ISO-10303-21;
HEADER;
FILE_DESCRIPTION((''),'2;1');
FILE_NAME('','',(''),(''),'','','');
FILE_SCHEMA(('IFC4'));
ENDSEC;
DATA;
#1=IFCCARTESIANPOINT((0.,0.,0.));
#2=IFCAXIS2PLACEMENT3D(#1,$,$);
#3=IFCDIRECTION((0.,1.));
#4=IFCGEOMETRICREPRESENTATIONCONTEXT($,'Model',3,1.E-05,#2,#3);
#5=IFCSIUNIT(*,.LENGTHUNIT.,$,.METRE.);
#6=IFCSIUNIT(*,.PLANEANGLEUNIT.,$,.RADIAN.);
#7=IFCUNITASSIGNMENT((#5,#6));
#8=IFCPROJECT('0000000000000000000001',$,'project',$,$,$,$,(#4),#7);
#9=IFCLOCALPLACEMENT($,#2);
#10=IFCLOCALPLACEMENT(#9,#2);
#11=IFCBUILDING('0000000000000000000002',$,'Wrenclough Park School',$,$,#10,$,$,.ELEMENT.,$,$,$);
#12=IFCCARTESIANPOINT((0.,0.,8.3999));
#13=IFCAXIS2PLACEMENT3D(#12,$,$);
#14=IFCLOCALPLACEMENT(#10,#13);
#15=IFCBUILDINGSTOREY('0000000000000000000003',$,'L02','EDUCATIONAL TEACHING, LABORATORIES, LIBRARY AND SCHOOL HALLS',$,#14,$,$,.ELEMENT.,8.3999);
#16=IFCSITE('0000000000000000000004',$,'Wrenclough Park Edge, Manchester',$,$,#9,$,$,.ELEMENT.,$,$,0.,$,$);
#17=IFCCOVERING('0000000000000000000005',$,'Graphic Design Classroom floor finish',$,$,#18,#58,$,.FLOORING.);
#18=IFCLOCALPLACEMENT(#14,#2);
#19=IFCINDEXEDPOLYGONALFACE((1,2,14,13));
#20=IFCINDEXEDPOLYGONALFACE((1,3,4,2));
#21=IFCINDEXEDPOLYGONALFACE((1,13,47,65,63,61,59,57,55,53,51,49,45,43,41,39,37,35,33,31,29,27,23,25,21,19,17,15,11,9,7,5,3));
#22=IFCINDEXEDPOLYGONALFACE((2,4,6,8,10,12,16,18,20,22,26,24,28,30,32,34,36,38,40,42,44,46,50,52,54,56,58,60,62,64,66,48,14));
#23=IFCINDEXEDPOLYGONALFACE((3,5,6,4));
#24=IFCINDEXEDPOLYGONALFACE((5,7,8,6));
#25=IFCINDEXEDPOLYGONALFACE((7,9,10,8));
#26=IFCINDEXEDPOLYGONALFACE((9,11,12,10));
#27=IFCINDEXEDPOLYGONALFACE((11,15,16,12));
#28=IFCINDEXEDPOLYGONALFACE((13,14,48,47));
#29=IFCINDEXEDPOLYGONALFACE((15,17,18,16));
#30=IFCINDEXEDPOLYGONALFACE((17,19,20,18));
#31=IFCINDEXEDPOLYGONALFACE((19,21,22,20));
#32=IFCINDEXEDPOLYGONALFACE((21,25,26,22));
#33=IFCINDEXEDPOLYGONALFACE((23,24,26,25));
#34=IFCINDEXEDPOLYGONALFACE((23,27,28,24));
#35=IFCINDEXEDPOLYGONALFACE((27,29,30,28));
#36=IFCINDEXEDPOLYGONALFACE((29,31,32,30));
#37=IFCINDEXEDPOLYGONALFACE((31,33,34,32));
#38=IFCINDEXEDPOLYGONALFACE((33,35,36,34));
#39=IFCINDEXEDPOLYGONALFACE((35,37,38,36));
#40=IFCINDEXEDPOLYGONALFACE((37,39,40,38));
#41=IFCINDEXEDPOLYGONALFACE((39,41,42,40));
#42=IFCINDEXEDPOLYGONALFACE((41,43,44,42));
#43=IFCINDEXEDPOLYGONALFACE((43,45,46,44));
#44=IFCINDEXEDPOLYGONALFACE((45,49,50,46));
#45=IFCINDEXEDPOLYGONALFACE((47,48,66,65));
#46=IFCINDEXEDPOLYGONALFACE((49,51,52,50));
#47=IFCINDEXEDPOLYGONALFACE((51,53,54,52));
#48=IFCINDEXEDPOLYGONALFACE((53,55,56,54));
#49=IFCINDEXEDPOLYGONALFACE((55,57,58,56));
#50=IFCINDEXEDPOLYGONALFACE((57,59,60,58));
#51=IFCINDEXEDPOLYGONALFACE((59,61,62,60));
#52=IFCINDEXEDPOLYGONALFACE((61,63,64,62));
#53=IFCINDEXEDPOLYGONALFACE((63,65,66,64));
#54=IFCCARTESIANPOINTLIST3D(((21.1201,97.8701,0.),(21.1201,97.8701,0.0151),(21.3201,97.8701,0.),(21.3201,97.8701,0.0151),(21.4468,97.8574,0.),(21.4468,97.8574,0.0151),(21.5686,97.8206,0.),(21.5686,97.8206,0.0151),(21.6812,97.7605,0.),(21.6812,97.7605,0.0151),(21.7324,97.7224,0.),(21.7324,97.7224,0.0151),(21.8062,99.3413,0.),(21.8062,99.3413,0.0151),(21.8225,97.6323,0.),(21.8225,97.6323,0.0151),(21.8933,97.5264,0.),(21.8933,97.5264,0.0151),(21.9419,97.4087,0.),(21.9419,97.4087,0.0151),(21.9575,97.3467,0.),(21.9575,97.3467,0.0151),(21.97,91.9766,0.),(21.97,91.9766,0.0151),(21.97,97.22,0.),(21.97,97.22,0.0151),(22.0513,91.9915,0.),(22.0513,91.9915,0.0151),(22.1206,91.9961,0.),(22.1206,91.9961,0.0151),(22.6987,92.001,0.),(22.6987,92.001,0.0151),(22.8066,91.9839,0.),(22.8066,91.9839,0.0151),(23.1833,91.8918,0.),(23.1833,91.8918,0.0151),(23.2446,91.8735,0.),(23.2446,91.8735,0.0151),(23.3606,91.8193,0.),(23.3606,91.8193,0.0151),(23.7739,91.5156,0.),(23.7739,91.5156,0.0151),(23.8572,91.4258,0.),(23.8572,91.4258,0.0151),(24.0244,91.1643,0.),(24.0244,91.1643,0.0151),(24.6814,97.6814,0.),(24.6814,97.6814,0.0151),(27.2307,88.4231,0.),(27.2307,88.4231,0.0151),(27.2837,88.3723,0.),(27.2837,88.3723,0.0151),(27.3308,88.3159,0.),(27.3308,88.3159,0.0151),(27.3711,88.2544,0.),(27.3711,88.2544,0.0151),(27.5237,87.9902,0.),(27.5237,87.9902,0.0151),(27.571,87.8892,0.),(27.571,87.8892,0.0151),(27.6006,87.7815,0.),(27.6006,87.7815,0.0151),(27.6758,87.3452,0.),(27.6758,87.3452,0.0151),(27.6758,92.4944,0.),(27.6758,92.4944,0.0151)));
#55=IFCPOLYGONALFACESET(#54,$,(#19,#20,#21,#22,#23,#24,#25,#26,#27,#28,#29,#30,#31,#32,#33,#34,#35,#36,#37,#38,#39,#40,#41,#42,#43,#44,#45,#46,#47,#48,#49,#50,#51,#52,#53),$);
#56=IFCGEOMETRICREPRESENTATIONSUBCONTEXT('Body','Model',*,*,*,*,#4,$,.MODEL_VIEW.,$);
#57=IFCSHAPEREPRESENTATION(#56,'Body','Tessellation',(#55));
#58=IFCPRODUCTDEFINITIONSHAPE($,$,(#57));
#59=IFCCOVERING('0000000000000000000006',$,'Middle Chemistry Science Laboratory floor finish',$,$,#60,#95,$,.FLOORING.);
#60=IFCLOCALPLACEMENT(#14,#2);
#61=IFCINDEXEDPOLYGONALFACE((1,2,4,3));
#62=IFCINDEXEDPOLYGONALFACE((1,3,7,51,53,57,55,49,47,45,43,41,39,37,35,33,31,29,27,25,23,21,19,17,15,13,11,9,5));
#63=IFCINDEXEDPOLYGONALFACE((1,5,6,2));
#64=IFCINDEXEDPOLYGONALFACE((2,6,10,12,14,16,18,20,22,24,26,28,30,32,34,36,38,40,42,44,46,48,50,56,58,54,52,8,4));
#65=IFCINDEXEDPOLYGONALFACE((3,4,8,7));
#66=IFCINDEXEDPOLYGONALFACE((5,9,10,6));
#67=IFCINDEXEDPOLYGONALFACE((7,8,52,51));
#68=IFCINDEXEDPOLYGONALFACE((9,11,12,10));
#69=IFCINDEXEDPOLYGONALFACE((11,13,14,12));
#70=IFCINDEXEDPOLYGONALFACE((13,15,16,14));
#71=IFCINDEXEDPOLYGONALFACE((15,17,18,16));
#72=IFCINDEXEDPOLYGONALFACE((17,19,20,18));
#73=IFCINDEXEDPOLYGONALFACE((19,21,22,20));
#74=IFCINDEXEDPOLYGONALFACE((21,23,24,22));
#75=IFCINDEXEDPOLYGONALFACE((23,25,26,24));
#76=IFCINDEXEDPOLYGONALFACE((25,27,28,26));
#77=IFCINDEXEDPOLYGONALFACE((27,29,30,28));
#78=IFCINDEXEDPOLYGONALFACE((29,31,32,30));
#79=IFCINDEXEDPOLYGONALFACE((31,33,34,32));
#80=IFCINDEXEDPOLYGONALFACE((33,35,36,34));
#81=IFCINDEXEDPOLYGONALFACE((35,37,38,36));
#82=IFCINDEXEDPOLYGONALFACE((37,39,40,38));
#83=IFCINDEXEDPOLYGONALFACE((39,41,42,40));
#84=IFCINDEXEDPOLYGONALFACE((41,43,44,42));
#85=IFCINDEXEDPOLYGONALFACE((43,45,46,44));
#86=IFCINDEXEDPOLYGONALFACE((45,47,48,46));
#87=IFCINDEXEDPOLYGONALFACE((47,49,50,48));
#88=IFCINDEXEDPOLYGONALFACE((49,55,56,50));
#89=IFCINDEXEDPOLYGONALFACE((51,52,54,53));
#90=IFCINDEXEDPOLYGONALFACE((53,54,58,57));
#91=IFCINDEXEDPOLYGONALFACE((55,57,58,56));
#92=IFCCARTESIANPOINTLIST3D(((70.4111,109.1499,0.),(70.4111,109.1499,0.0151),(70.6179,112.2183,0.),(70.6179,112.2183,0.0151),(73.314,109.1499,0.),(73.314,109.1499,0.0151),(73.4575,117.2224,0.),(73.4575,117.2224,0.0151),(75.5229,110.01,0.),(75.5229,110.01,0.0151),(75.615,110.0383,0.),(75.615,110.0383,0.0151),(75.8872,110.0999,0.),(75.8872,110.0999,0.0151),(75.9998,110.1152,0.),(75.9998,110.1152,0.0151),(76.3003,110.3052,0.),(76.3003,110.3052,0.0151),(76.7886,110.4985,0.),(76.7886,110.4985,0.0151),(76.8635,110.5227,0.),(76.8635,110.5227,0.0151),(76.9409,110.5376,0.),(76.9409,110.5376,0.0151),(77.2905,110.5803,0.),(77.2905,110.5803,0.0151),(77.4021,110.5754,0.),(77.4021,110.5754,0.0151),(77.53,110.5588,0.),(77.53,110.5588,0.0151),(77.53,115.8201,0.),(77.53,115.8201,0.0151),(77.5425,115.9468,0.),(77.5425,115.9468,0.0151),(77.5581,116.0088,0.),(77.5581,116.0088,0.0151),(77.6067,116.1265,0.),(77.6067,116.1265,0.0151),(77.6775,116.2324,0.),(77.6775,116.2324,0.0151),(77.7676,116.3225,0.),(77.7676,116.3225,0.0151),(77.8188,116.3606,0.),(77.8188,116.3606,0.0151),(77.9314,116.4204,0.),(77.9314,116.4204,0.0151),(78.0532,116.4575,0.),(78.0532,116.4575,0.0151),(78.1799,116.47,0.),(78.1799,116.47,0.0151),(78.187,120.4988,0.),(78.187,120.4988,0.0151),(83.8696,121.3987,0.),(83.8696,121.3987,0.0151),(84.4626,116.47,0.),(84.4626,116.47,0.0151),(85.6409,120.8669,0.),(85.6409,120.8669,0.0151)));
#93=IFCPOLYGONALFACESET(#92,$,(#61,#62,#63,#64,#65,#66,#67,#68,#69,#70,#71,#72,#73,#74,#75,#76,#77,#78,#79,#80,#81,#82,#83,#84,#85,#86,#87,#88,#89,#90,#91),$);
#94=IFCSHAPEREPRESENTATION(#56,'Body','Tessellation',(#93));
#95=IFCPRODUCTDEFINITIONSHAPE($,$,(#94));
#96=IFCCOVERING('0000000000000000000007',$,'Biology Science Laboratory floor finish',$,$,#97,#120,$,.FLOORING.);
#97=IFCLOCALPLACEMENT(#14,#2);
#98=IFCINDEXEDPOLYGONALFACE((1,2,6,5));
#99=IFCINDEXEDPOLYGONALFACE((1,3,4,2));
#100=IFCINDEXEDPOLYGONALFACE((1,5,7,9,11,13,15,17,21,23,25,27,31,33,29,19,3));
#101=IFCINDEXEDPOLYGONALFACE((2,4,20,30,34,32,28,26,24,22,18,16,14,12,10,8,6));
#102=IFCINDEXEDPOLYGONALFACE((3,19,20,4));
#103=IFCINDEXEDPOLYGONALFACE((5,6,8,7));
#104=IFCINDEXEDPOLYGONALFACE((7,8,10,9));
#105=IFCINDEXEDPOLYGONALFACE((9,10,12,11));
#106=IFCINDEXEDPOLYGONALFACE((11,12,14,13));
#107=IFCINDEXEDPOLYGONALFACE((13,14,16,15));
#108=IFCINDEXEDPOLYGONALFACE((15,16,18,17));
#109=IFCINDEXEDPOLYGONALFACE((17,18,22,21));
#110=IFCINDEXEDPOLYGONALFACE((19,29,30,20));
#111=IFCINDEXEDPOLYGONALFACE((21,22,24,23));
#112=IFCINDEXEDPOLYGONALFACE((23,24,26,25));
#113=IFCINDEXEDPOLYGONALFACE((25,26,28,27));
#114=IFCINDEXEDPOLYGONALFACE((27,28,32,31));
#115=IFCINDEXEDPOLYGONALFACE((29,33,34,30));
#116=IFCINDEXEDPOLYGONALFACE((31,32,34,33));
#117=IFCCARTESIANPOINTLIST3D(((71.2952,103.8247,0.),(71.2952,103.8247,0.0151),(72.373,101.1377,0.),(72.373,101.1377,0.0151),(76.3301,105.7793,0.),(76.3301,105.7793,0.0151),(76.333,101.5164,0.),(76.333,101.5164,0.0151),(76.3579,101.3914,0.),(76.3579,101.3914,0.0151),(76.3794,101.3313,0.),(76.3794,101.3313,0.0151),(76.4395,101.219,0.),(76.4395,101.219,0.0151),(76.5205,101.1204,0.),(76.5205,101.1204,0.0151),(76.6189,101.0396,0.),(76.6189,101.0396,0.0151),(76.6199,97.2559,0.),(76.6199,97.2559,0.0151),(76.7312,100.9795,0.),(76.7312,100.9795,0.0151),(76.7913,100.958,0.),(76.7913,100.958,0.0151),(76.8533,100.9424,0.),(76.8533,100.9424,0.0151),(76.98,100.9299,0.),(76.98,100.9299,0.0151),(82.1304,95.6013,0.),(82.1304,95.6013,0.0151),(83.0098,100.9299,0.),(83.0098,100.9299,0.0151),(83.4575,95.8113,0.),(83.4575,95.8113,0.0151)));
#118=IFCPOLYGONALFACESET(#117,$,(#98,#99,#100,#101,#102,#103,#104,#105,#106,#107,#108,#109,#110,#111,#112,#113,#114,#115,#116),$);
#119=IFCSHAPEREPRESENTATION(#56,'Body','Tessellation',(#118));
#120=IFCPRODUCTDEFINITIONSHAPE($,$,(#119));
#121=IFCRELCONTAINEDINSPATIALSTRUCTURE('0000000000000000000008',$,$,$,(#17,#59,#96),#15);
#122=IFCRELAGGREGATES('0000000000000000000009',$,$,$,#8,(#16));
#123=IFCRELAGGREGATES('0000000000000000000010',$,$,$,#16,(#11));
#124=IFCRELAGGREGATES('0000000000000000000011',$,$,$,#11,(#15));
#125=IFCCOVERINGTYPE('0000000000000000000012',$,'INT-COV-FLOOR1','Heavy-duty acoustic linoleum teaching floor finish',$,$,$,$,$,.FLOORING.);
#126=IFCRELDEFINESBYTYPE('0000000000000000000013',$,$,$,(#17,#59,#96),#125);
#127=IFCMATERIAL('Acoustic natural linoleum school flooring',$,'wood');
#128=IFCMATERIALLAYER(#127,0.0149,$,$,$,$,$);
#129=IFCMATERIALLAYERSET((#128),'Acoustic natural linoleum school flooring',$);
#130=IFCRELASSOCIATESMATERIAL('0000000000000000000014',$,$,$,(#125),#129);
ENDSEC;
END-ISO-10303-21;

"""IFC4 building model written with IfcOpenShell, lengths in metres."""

from ifc_helpers import new_model, si_unit, direction, frame, origin, place, context, subcontext, project, spatial, polyline, outline, extrude, material, layer, layer_set, type_object, element, save


model = new_model("IFC4")

# Units and contexts
model_context = context("Model", 3, precision=1e-05, world=origin(), true_north=direction((0.0, 1.0)))
body_context = subcontext(model_context, "Body", "Model", "MODEL_VIEW")
ifc_project = project(units=[si_unit("LENGTHUNIT", "METRE"), si_unit("PLANEANGLEUNIT", "RADIAN")], contexts=[model_context])

# Site, building, storey
site_placement = place(None, origin())
site = spatial("IfcSite", under=ifc_project, at=site_placement, Name="Wrenclough Park Edge, Manchester", CompositionType="ELEMENT", RefElevation=0.0)
building_placement = place(site_placement, origin())
building = spatial("IfcBuilding", under=site, at=building_placement, Name="Wrenclough Park School", CompositionType="ELEMENT")
storey_placement = place(building_placement, frame((0.0, 0.0, 8.3999)))
storey = spatial("IfcBuildingStorey", under=building, at=storey_placement, Name="L02", Description="EDUCATIONAL TEACHING, LABORATORIES, LIBRARY AND SCHOOL HALLS", CompositionType="ELEMENT", Elevation=8.3999)

# Coverings
ifc_material_1 = material(Name="Acoustic natural linoleum school flooring", Category="wood")
ifc_layer_1 = layer(ifc_material_1, 0.0149)
ifc_layer_set_1 = layer_set([ifc_layer_1], Name="Acoustic natural linoleum school flooring")
covering_type_1 = type_object("IfcCoveringType", Name="INT-COV-FLOOR1", Description="Heavy-duty acoustic linoleum teaching floor finish", PredefinedType="FLOORING", material=ifc_layer_set_1)
covering_1_placement = place(storey_placement, origin())
element("IfcCovering", 1, at=covering_1_placement, inside=storey, type_object=covering_type_1, Name="Graphic Design Classroom floor finish", PredefinedType="FLOORING", context=body_context, shape_type="SweptSolid", body=[
    extrude(outline(polyline([(21.97, 97.22), (21.97, 91.9766), (22.0513, 91.9915), (22.1206, 91.9961), (22.6987, 92.001), (22.8066, 91.9839), (23.1833, 91.8918), (23.2446, 91.8735), (23.3606, 91.8193), (23.7739, 91.5156), (23.8572, 91.4258), (24.0244, 91.1643), (27.2307, 88.4231), (27.2837, 88.3723), (27.3308, 88.3159), (27.3711, 88.2544), (27.5237, 87.9902), (27.571, 87.8892), (27.6006, 87.7815), (27.6758, 87.3452), (27.6758, 92.4944), (24.6814, 97.6814), (21.8062, 99.3413), (21.1201, 97.8701), (21.3201, 97.8701), (21.4468, 97.8574), (21.5686, 97.8206), (21.6812, 97.7605), (21.7324, 97.7224), (21.8225, 97.6323), (21.8933, 97.5264), (21.9419, 97.4087), (21.9575, 97.3467), (21.97, 97.22)])), origin(), (0.0, 0.0, 1.0), 0.0151),
])
covering_2_placement = place(storey_placement, origin())
element("IfcCovering", 2, at=covering_2_placement, inside=storey, type_object=covering_type_1, Name="Middle Chemistry Science Laboratory floor finish", PredefinedType="FLOORING", context=body_context, shape_type="SweptSolid", body=[
    extrude(outline(polyline([(75.9998, 110.1152), (76.3003, 110.3052), (76.7886, 110.4985), (76.8635, 110.5227), (76.9409, 110.5376), (77.2905, 110.5803), (77.4021, 110.5754), (77.53, 110.5588), (77.53, 115.8201), (77.5425, 115.9468), (77.5581, 116.0088), (77.6067, 116.1265), (77.6775, 116.2324), (77.7676, 116.3225), (77.8188, 116.3606), (77.9314, 116.4204), (78.0532, 116.4575), (78.1799, 116.47), (84.4626, 116.47), (85.6409, 120.8669), (83.8696, 121.3987), (78.187, 120.4988), (73.4575, 117.2224), (70.6179, 112.2183), (70.4111, 109.1499), (73.314, 109.1499), (75.5229, 110.01), (75.615, 110.0383), (75.8872, 110.0999), (75.9998, 110.1152)])), origin(), (0.0, 0.0, 1.0), 0.0151),
])
covering_3_placement = place(storey_placement, origin())
element("IfcCovering", 3, at=covering_3_placement, inside=storey, type_object=covering_type_1, Name="Biology Science Laboratory floor finish", PredefinedType="FLOORING", context=body_context, shape_type="SweptSolid", body=[
    extrude(outline(polyline([(71.2952, 103.8247), (72.373, 101.1377), (76.6199, 97.2559), (82.1304, 95.6013), (83.4575, 95.8113), (83.0098, 100.9299), (76.98, 100.9299), (76.8533, 100.9424), (76.7913, 100.958), (76.7312, 100.9795), (76.6189, 101.0396), (76.5205, 101.1204), (76.4395, 101.219), (76.3794, 101.3313), (76.3579, 101.3914), (76.333, 101.5164), (76.3301, 105.7793), (71.2952, 103.8247)])), origin(), (0.0, 0.0, 1.0), 0.0151),
])

save(model, "model.ifc")
